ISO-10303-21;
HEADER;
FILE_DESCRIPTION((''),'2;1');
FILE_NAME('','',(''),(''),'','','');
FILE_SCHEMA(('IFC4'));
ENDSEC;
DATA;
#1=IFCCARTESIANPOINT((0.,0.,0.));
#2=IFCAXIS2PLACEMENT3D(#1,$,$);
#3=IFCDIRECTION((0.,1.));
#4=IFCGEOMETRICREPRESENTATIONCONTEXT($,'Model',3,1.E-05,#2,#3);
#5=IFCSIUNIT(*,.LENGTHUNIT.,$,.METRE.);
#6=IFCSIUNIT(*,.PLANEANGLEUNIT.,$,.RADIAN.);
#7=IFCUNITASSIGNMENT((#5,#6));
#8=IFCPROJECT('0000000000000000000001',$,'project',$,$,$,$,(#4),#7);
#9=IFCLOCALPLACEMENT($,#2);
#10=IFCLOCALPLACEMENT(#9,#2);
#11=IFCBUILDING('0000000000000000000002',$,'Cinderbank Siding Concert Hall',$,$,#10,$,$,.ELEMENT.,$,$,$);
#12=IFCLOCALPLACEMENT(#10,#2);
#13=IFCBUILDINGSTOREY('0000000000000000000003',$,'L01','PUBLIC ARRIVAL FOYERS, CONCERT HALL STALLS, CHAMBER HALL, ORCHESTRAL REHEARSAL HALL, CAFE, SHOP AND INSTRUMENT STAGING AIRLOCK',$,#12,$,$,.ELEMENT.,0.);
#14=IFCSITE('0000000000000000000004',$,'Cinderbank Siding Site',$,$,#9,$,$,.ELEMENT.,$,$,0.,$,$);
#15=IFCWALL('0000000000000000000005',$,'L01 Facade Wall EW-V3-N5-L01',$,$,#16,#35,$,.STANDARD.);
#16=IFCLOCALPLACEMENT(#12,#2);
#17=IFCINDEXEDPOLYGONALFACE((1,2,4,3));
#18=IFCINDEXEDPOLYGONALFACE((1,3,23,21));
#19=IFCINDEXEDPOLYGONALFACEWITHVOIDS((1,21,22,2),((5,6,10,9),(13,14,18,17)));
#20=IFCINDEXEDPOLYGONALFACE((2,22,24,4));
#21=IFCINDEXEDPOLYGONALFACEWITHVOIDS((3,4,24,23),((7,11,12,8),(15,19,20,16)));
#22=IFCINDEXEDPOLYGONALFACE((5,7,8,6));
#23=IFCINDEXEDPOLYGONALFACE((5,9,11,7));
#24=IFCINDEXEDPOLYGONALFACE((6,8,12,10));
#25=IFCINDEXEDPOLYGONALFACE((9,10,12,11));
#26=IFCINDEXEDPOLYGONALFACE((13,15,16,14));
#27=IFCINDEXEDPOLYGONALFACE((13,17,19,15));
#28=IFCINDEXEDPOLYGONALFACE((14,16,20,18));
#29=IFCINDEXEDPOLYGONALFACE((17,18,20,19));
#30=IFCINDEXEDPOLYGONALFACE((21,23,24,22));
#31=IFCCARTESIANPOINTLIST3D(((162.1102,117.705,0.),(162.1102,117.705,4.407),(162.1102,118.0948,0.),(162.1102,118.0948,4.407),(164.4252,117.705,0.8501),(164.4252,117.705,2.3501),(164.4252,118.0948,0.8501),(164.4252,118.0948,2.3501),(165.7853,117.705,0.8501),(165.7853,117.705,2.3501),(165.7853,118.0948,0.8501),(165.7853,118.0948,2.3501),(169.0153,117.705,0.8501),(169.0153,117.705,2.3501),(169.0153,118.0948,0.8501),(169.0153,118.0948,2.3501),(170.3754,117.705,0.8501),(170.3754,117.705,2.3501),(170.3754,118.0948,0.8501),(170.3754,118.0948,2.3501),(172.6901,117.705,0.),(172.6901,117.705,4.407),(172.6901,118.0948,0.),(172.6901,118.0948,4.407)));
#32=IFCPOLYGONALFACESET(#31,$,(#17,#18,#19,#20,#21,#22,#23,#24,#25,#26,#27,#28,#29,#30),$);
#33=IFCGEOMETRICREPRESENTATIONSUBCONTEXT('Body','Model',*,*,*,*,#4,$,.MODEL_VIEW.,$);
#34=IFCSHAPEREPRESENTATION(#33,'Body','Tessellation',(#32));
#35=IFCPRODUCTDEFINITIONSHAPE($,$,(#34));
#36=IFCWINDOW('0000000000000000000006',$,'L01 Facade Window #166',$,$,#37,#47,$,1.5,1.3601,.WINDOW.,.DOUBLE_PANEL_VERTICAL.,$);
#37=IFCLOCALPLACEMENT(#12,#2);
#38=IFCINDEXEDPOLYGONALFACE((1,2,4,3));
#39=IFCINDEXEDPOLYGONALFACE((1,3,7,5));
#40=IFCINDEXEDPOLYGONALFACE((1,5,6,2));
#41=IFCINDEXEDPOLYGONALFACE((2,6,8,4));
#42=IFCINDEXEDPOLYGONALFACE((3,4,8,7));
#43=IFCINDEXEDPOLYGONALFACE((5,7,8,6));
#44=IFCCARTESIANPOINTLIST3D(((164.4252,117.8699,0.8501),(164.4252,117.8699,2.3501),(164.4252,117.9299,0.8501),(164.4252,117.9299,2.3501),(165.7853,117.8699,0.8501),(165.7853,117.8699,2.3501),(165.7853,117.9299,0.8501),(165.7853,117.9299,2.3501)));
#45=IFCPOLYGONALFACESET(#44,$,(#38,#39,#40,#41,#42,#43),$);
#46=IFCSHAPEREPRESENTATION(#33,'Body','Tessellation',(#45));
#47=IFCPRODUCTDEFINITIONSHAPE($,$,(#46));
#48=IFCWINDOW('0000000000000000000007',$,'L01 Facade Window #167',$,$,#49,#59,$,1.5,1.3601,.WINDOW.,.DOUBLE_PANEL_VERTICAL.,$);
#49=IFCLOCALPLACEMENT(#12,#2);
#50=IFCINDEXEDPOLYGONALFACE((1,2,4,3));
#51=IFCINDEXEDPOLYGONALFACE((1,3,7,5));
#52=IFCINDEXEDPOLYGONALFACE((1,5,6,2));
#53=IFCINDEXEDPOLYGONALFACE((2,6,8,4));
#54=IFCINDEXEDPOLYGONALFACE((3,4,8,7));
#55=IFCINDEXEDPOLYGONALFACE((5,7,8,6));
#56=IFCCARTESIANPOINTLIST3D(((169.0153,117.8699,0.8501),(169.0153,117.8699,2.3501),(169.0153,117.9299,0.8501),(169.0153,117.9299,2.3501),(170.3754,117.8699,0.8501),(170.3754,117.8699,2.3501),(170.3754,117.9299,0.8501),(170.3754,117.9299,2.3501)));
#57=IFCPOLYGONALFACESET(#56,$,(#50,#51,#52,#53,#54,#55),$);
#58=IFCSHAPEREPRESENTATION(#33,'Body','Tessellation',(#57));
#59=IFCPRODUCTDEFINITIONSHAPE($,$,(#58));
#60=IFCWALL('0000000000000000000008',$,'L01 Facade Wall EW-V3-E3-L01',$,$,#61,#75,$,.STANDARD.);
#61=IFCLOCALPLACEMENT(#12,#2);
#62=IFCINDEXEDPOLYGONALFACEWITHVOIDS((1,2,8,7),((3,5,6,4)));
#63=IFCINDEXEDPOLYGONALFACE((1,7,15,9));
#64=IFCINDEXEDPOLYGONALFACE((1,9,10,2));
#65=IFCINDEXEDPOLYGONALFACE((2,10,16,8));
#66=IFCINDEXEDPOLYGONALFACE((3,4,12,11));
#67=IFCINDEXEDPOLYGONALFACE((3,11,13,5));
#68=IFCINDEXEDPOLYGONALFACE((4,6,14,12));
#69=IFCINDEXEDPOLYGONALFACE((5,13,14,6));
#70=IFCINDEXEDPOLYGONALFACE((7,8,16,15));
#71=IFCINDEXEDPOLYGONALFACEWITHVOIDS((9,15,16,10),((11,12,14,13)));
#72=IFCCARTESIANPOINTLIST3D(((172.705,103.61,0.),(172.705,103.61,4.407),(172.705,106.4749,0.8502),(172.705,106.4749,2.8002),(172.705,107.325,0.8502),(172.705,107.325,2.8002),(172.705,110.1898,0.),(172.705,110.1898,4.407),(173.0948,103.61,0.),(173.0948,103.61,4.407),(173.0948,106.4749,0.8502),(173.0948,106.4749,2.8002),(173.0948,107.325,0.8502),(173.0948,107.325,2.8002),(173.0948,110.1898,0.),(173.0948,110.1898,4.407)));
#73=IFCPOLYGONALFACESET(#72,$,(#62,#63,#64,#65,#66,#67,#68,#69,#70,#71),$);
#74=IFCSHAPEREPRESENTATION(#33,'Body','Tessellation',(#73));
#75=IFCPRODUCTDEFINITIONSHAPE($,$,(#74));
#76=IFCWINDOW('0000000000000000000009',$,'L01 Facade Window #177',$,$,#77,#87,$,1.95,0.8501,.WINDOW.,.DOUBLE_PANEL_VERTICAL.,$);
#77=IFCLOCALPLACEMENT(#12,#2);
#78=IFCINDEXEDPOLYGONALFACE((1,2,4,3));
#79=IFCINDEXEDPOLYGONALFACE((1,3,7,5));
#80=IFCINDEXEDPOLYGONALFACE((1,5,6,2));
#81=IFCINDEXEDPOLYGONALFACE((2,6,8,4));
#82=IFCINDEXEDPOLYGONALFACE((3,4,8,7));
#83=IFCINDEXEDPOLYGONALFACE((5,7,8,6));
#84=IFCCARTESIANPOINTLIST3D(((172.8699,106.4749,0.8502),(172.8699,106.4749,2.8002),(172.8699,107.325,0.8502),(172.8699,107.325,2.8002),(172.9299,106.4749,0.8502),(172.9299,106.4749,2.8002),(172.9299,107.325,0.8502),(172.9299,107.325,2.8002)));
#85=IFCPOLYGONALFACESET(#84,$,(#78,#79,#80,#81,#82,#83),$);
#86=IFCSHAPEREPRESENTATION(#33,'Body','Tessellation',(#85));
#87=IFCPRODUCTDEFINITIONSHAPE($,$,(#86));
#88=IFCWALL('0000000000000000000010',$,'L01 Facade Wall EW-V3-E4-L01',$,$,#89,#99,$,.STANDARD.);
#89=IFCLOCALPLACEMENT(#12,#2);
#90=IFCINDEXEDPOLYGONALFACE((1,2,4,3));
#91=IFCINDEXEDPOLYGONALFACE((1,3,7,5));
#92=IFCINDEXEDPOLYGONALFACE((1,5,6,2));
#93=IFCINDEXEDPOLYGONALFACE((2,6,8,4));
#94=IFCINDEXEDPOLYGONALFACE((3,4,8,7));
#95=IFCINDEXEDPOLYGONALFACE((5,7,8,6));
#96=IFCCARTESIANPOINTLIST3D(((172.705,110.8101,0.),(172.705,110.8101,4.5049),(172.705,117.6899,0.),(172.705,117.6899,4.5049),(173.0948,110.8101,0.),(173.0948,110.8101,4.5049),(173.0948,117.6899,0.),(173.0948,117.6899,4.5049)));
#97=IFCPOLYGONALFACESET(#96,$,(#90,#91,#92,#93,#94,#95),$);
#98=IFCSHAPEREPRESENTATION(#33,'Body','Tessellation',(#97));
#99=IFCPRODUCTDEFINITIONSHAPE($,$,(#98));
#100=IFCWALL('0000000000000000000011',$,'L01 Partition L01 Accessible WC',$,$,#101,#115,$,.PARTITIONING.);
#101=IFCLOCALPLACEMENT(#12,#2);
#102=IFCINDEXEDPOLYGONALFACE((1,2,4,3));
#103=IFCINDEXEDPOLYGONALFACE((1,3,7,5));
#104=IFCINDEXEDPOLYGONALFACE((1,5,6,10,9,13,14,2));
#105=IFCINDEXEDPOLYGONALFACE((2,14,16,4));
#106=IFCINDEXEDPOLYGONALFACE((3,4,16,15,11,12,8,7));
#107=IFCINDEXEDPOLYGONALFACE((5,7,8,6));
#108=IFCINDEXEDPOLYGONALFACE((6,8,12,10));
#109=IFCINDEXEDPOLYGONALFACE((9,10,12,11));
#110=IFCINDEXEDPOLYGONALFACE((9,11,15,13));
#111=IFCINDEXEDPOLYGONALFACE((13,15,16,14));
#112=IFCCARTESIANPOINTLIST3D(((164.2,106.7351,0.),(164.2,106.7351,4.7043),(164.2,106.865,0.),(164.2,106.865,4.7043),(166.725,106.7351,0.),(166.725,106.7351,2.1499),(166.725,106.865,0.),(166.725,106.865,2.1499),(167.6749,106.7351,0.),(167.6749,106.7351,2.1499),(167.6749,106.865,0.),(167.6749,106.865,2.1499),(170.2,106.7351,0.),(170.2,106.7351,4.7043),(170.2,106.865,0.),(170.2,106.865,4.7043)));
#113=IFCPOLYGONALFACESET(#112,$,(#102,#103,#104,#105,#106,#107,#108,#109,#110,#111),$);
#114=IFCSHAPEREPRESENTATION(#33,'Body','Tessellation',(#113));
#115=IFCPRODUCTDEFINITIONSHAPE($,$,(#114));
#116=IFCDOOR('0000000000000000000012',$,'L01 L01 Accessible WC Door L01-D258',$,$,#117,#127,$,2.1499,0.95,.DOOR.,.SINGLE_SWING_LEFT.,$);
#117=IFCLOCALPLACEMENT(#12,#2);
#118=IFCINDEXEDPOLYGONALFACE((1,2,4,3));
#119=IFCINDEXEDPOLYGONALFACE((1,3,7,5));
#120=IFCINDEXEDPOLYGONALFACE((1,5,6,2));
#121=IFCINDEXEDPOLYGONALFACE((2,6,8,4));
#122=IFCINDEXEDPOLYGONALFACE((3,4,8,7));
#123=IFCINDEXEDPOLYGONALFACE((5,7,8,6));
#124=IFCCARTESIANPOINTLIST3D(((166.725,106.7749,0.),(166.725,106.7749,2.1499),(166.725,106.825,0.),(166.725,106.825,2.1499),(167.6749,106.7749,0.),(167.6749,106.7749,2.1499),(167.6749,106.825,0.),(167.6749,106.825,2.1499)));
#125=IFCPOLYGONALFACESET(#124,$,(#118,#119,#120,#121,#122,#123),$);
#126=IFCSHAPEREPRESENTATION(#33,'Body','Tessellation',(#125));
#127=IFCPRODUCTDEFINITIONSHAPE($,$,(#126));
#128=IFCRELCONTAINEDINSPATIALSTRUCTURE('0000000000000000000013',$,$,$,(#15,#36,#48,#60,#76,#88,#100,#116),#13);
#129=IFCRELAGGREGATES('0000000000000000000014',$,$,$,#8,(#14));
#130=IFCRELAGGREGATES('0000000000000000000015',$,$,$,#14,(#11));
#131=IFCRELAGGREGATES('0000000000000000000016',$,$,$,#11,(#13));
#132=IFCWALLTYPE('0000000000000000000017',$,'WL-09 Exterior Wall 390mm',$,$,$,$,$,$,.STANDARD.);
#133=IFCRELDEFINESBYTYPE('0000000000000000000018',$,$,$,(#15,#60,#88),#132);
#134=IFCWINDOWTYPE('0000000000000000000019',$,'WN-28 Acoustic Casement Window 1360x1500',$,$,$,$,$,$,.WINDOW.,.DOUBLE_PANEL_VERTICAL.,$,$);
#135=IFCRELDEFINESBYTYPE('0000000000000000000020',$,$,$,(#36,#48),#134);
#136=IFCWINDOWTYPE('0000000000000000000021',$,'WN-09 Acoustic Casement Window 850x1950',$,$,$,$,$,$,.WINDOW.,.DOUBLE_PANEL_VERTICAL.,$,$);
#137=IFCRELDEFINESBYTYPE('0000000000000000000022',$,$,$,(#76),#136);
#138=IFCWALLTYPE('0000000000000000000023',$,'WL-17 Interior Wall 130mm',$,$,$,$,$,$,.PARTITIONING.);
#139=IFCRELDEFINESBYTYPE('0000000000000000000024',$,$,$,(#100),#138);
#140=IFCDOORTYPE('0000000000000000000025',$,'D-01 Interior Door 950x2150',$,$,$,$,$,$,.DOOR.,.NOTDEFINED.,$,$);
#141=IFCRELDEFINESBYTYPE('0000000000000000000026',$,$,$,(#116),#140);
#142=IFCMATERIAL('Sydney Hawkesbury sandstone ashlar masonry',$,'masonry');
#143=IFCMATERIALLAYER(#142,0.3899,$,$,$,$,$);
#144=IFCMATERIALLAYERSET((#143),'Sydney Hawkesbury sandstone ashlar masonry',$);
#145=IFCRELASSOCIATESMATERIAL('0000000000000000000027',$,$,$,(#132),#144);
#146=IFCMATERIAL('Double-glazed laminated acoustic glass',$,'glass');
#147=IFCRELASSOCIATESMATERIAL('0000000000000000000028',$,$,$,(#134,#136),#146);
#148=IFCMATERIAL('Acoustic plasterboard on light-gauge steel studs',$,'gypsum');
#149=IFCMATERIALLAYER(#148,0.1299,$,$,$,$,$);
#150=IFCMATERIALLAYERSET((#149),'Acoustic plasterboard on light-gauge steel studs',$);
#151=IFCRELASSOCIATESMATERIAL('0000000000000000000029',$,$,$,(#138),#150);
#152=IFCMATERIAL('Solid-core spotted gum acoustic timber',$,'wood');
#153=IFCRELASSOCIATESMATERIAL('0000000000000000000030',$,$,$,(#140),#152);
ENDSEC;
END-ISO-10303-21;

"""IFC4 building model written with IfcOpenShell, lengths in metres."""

from ifc_helpers import new_model, si_unit, direction, frame, frame_2d, origin, place, context, subcontext, project, spatial, rectangle, extrude, material, layer, layer_set, type_object, element, fill, save


model = new_model("IFC4")

# Units and contexts
model_context = context("Model", 3, precision=1e-05, world=origin(), true_north=direction((0.0, 1.0)))
body_context = subcontext(model_context, "Body", "Model", "MODEL_VIEW")
ifc_project = project(units=[si_unit("LENGTHUNIT", "METRE"), si_unit("PLANEANGLEUNIT", "RADIAN")], contexts=[model_context])

# Site, building, storey
site_placement = place(None, origin())
site = spatial("IfcSite", under=ifc_project, at=site_placement, Name="Cinderbank Siding Site", CompositionType="ELEMENT", RefElevation=0.0)
building_placement = place(site_placement, origin())
building = spatial("IfcBuilding", under=site, at=building_placement, Name="Cinderbank Siding Concert Hall", CompositionType="ELEMENT")
storey_placement = place(building_placement, origin())
storey = spatial("IfcBuildingStorey", under=building, at=storey_placement, Name="L01", Description="PUBLIC ARRIVAL FOYERS, CONCERT HALL STALLS, CHAMBER HALL, ORCHESTRAL REHEARSAL HALL, CAFE, SHOP AND INSTRUMENT STAGING AIRLOCK", CompositionType="ELEMENT", Elevation=0.0)

# Wall, openings, windows
ifc_material_1 = material(Name="Sydney Hawkesbury sandstone ashlar masonry", Category="masonry")
ifc_layer_1 = layer(ifc_material_1, 0.3899)
ifc_layer_set_1 = layer_set([ifc_layer_1], Name="Sydney Hawkesbury sandstone ashlar masonry")
wall_type_1 = type_object("IfcWallType", Name="WL-09 Exterior Wall 390mm", PredefinedType="STANDARD", material=ifc_layer_set_1)
wall_1_placement = place(storey_placement, frame((162.1101, 117.8999, 0.0), z_axis=(0.0, 0.0, 1.0), x_axis=(1.0, 0.0, 0.0)))
wall_1 = element("IfcWall", 1, at=wall_1_placement, inside=storey, type_object=wall_type_1, Name="L01 Facade Wall EW-V3-N5-L01", PredefinedType="STANDARD", context=body_context, shape_type="SweptSolid", body=[
    extrude(rectangle(XDim=10.5798, YDim=0.3899, at=frame_2d((5.29, 0.0))), origin(), (0.0, 0.0, 1.0), 4.407),
])
opening_1_placement = place(wall_1_placement, frame((2.3149, 0.0, 0.8501)))
opening_1 = element("IfcOpeningElement", 2, at=opening_1_placement, cuts=wall_1, PredefinedType="OPENING", context=body_context, shape_type="SweptSolid", body=[
    extrude(rectangle(XDim=1.3601, YDim=1.5, at=frame_2d((0.6802, 0.75))), frame((0.0, 0.207, 0.0), z_axis=(0.0, -1.0, 0.0), x_axis=(1.0, 0.0, 0.0)), (0.0, 0.0, 1.0), 0.4138),
])
opening_2_placement = place(wall_1_placement, frame((6.905, 0.0, 0.8501)))
opening_2 = element("IfcOpeningElement", 3, at=opening_2_placement, cuts=wall_1, PredefinedType="OPENING", context=body_context, shape_type="SweptSolid", body=[
    extrude(rectangle(XDim=1.3601, YDim=1.5, at=frame_2d((0.6802, 0.75))), frame((0.0, 0.207, 0.0), z_axis=(0.0, -1.0, 0.0), x_axis=(1.0, 0.0, 0.0)), (0.0, 0.0, 1.0), 0.4138),
])
ifc_material_2 = material(Name="Double-glazed laminated acoustic glass", Category="glass")
window_type_1 = type_object("IfcWindowType", Name="WN-28 Acoustic Casement Window 1360x1500", PartitioningType="DOUBLE_PANEL_VERTICAL", PredefinedType="WINDOW", material=ifc_material_2)
window_1_placement = place(opening_1_placement, origin())
window_1 = element("IfcWindow", 4, at=window_1_placement, inside=storey, type_object=window_type_1, Name="L01 Facade Window #166", OverallHeight=1.5, OverallWidth=1.3601, PartitioningType="DOUBLE_PANEL_VERTICAL", PredefinedType="WINDOW", context=body_context, shape_type="SweptSolid", body=[
    extrude(rectangle(XDim=1.3601, YDim=1.5, at=frame_2d((0.6802, 0.75))), frame((0.0, 0.03, 0.0), z_axis=(0.0, -1.0, 0.0), x_axis=(1.0, 0.0, 0.0)), (0.0, 0.0, 1.0), 0.0601),
])
fill(opening_1, window_1)
window_2_placement = place(opening_2_placement, origin())
window_2 = element("IfcWindow", 5, at=window_2_placement, inside=storey, type_object=window_type_1, Name="L01 Facade Window #167", OverallHeight=1.5, OverallWidth=1.3601, PartitioningType="DOUBLE_PANEL_VERTICAL", PredefinedType="WINDOW", context=body_context, shape_type="SweptSolid", body=[
    extrude(rectangle(XDim=1.3601, YDim=1.5, at=frame_2d((0.6802, 0.75))), frame((0.0, 0.03, 0.0), z_axis=(0.0, -1.0, 0.0), x_axis=(1.0, 0.0, 0.0)), (0.0, 0.0, 1.0), 0.0601),
])
fill(opening_2, window_2)

# Wall, opening, window
wall_2_placement = place(storey_placement, frame((172.8999, 110.1899, 0.0), z_axis=(0.0, 0.0, 1.0), x_axis=(0.0, -1.0, 0.0)))
wall_2 = element("IfcWall", 6, at=wall_2_placement, inside=storey, type_object=wall_type_1, Name="L01 Facade Wall EW-V3-E3-L01", PredefinedType="STANDARD", context=body_context, shape_type="SweptSolid", body=[
    extrude(rectangle(XDim=6.5798, YDim=0.3899, at=frame_2d((3.29, 0.0))), origin(), (0.0, 0.0, 1.0), 4.407),
])
opening_3_placement = place(wall_2_placement, frame((2.865, 0.0, 0.8501)))
opening_3 = element("IfcOpeningElement", 7, at=opening_3_placement, cuts=wall_2, PredefinedType="OPENING", context=body_context, shape_type="SweptSolid", body=[
    extrude(rectangle(XDim=0.8501, YDim=1.95, at=frame_2d((0.425, 0.9751))), frame((0.0, 0.207, 0.0), z_axis=(0.0, -1.0, 0.0), x_axis=(1.0, 0.0, 0.0)), (0.0, 0.0, 1.0), 0.4138),
])
window_type_2 = type_object("IfcWindowType", Name="WN-09 Acoustic Casement Window 850x1950", PartitioningType="DOUBLE_PANEL_VERTICAL", PredefinedType="WINDOW", material=ifc_material_2)
window_3_placement = place(opening_3_placement, origin())
window_3 = element("IfcWindow", 8, at=window_3_placement, inside=storey, type_object=window_type_2, Name="L01 Facade Window #177", OverallHeight=1.95, OverallWidth=0.8501, PartitioningType="DOUBLE_PANEL_VERTICAL", PredefinedType="WINDOW", context=body_context, shape_type="SweptSolid", body=[
    extrude(rectangle(XDim=0.8501, YDim=1.95, at=frame_2d((0.425, 0.9751))), frame((0.0, 0.03, 0.0), z_axis=(0.0, -1.0, 0.0), x_axis=(1.0, 0.0, 0.0)), (0.0, 0.0, 1.0), 0.0601),
])
fill(opening_3, window_3)

# Wall
wall_3_placement = place(storey_placement, frame((172.8999, 117.6899, 0.0), z_axis=(0.0, 0.0, 1.0), x_axis=(0.0, -1.0, 0.0)))
element("IfcWall", 9, at=wall_3_placement, inside=storey, type_object=wall_type_1, Name="L01 Facade Wall EW-V3-E4-L01", PredefinedType="STANDARD", context=body_context, shape_type="SweptSolid", body=[
    extrude(rectangle(XDim=6.8799, YDim=0.3899, at=frame_2d((3.4399, 0.0))), origin(), (0.0, 0.0, 1.0), 4.5049),
])

# Wall, opening, door
ifc_material_3 = material(Name="Acoustic plasterboard on light-gauge steel studs", Category="gypsum")
ifc_layer_2 = layer(ifc_material_3, 0.1299)
ifc_layer_set_2 = layer_set([ifc_layer_2], Name="Acoustic plasterboard on light-gauge steel studs")
wall_type_2 = type_object("IfcWallType", Name="WL-17 Interior Wall 130mm", PredefinedType="PARTITIONING", material=ifc_layer_set_2)
wall_4_placement = place(storey_placement, frame((164.2, 106.8, 0.0), z_axis=(0.0, 0.0, 1.0), x_axis=(1.0, 0.0, 0.0)))
wall_4 = element("IfcWall", 10, at=wall_4_placement, inside=storey, type_object=wall_type_2, Name="L01 Partition L01 Accessible WC", PredefinedType="PARTITIONING", context=body_context, shape_type="SweptSolid", body=[
    extrude(rectangle(XDim=6.0, YDim=0.1299, at=frame_2d((3.0, 0.0))), origin(), (0.0, 0.0, 1.0), 4.7043),
])
opening_4_placement = place(wall_4_placement, frame((2.5249, 0.0, 0.0)))
opening_4 = element("IfcOpeningElement", 11, at=opening_4_placement, cuts=wall_4, PredefinedType="OPENING", context=body_context, shape_type="SweptSolid", body=[
    extrude(rectangle(XDim=0.95, YDim=2.1499, at=frame_2d((0.4751, 1.075))), frame((0.0, 0.0769, 0.0), z_axis=(0.0, -1.0, 0.0), x_axis=(1.0, 0.0, 0.0)), (0.0, 0.0, 1.0), 0.1538),
])
ifc_material_4 = material(Name="Solid-core spotted gum acoustic timber", Category="wood")
door_type = type_object("IfcDoorType", Name="D-01 Interior Door 950x2150", OperationType="NOTDEFINED", PredefinedType="DOOR", material=ifc_material_4)
door_placement = place(opening_4_placement, origin())
door = element("IfcDoor", 12, at=door_placement, inside=storey, type_object=door_type, Name="L01 L01 Accessible WC Door L01-D258", OperationType="SINGLE_SWING_LEFT", OverallHeight=2.1499, OverallWidth=0.95, PredefinedType="DOOR", context=body_context, shape_type="SweptSolid", body=[
    extrude(rectangle(XDim=0.95, YDim=2.1499, at=frame_2d((0.4751, 1.075))), frame((0.0, 0.0249, 0.0), z_axis=(0.0, -1.0, 0.0), x_axis=(1.0, 0.0, 0.0)), (0.0, 0.0, 1.0), 0.05),
])
fill(opening_4, door)

save(model, "model.ifc")
